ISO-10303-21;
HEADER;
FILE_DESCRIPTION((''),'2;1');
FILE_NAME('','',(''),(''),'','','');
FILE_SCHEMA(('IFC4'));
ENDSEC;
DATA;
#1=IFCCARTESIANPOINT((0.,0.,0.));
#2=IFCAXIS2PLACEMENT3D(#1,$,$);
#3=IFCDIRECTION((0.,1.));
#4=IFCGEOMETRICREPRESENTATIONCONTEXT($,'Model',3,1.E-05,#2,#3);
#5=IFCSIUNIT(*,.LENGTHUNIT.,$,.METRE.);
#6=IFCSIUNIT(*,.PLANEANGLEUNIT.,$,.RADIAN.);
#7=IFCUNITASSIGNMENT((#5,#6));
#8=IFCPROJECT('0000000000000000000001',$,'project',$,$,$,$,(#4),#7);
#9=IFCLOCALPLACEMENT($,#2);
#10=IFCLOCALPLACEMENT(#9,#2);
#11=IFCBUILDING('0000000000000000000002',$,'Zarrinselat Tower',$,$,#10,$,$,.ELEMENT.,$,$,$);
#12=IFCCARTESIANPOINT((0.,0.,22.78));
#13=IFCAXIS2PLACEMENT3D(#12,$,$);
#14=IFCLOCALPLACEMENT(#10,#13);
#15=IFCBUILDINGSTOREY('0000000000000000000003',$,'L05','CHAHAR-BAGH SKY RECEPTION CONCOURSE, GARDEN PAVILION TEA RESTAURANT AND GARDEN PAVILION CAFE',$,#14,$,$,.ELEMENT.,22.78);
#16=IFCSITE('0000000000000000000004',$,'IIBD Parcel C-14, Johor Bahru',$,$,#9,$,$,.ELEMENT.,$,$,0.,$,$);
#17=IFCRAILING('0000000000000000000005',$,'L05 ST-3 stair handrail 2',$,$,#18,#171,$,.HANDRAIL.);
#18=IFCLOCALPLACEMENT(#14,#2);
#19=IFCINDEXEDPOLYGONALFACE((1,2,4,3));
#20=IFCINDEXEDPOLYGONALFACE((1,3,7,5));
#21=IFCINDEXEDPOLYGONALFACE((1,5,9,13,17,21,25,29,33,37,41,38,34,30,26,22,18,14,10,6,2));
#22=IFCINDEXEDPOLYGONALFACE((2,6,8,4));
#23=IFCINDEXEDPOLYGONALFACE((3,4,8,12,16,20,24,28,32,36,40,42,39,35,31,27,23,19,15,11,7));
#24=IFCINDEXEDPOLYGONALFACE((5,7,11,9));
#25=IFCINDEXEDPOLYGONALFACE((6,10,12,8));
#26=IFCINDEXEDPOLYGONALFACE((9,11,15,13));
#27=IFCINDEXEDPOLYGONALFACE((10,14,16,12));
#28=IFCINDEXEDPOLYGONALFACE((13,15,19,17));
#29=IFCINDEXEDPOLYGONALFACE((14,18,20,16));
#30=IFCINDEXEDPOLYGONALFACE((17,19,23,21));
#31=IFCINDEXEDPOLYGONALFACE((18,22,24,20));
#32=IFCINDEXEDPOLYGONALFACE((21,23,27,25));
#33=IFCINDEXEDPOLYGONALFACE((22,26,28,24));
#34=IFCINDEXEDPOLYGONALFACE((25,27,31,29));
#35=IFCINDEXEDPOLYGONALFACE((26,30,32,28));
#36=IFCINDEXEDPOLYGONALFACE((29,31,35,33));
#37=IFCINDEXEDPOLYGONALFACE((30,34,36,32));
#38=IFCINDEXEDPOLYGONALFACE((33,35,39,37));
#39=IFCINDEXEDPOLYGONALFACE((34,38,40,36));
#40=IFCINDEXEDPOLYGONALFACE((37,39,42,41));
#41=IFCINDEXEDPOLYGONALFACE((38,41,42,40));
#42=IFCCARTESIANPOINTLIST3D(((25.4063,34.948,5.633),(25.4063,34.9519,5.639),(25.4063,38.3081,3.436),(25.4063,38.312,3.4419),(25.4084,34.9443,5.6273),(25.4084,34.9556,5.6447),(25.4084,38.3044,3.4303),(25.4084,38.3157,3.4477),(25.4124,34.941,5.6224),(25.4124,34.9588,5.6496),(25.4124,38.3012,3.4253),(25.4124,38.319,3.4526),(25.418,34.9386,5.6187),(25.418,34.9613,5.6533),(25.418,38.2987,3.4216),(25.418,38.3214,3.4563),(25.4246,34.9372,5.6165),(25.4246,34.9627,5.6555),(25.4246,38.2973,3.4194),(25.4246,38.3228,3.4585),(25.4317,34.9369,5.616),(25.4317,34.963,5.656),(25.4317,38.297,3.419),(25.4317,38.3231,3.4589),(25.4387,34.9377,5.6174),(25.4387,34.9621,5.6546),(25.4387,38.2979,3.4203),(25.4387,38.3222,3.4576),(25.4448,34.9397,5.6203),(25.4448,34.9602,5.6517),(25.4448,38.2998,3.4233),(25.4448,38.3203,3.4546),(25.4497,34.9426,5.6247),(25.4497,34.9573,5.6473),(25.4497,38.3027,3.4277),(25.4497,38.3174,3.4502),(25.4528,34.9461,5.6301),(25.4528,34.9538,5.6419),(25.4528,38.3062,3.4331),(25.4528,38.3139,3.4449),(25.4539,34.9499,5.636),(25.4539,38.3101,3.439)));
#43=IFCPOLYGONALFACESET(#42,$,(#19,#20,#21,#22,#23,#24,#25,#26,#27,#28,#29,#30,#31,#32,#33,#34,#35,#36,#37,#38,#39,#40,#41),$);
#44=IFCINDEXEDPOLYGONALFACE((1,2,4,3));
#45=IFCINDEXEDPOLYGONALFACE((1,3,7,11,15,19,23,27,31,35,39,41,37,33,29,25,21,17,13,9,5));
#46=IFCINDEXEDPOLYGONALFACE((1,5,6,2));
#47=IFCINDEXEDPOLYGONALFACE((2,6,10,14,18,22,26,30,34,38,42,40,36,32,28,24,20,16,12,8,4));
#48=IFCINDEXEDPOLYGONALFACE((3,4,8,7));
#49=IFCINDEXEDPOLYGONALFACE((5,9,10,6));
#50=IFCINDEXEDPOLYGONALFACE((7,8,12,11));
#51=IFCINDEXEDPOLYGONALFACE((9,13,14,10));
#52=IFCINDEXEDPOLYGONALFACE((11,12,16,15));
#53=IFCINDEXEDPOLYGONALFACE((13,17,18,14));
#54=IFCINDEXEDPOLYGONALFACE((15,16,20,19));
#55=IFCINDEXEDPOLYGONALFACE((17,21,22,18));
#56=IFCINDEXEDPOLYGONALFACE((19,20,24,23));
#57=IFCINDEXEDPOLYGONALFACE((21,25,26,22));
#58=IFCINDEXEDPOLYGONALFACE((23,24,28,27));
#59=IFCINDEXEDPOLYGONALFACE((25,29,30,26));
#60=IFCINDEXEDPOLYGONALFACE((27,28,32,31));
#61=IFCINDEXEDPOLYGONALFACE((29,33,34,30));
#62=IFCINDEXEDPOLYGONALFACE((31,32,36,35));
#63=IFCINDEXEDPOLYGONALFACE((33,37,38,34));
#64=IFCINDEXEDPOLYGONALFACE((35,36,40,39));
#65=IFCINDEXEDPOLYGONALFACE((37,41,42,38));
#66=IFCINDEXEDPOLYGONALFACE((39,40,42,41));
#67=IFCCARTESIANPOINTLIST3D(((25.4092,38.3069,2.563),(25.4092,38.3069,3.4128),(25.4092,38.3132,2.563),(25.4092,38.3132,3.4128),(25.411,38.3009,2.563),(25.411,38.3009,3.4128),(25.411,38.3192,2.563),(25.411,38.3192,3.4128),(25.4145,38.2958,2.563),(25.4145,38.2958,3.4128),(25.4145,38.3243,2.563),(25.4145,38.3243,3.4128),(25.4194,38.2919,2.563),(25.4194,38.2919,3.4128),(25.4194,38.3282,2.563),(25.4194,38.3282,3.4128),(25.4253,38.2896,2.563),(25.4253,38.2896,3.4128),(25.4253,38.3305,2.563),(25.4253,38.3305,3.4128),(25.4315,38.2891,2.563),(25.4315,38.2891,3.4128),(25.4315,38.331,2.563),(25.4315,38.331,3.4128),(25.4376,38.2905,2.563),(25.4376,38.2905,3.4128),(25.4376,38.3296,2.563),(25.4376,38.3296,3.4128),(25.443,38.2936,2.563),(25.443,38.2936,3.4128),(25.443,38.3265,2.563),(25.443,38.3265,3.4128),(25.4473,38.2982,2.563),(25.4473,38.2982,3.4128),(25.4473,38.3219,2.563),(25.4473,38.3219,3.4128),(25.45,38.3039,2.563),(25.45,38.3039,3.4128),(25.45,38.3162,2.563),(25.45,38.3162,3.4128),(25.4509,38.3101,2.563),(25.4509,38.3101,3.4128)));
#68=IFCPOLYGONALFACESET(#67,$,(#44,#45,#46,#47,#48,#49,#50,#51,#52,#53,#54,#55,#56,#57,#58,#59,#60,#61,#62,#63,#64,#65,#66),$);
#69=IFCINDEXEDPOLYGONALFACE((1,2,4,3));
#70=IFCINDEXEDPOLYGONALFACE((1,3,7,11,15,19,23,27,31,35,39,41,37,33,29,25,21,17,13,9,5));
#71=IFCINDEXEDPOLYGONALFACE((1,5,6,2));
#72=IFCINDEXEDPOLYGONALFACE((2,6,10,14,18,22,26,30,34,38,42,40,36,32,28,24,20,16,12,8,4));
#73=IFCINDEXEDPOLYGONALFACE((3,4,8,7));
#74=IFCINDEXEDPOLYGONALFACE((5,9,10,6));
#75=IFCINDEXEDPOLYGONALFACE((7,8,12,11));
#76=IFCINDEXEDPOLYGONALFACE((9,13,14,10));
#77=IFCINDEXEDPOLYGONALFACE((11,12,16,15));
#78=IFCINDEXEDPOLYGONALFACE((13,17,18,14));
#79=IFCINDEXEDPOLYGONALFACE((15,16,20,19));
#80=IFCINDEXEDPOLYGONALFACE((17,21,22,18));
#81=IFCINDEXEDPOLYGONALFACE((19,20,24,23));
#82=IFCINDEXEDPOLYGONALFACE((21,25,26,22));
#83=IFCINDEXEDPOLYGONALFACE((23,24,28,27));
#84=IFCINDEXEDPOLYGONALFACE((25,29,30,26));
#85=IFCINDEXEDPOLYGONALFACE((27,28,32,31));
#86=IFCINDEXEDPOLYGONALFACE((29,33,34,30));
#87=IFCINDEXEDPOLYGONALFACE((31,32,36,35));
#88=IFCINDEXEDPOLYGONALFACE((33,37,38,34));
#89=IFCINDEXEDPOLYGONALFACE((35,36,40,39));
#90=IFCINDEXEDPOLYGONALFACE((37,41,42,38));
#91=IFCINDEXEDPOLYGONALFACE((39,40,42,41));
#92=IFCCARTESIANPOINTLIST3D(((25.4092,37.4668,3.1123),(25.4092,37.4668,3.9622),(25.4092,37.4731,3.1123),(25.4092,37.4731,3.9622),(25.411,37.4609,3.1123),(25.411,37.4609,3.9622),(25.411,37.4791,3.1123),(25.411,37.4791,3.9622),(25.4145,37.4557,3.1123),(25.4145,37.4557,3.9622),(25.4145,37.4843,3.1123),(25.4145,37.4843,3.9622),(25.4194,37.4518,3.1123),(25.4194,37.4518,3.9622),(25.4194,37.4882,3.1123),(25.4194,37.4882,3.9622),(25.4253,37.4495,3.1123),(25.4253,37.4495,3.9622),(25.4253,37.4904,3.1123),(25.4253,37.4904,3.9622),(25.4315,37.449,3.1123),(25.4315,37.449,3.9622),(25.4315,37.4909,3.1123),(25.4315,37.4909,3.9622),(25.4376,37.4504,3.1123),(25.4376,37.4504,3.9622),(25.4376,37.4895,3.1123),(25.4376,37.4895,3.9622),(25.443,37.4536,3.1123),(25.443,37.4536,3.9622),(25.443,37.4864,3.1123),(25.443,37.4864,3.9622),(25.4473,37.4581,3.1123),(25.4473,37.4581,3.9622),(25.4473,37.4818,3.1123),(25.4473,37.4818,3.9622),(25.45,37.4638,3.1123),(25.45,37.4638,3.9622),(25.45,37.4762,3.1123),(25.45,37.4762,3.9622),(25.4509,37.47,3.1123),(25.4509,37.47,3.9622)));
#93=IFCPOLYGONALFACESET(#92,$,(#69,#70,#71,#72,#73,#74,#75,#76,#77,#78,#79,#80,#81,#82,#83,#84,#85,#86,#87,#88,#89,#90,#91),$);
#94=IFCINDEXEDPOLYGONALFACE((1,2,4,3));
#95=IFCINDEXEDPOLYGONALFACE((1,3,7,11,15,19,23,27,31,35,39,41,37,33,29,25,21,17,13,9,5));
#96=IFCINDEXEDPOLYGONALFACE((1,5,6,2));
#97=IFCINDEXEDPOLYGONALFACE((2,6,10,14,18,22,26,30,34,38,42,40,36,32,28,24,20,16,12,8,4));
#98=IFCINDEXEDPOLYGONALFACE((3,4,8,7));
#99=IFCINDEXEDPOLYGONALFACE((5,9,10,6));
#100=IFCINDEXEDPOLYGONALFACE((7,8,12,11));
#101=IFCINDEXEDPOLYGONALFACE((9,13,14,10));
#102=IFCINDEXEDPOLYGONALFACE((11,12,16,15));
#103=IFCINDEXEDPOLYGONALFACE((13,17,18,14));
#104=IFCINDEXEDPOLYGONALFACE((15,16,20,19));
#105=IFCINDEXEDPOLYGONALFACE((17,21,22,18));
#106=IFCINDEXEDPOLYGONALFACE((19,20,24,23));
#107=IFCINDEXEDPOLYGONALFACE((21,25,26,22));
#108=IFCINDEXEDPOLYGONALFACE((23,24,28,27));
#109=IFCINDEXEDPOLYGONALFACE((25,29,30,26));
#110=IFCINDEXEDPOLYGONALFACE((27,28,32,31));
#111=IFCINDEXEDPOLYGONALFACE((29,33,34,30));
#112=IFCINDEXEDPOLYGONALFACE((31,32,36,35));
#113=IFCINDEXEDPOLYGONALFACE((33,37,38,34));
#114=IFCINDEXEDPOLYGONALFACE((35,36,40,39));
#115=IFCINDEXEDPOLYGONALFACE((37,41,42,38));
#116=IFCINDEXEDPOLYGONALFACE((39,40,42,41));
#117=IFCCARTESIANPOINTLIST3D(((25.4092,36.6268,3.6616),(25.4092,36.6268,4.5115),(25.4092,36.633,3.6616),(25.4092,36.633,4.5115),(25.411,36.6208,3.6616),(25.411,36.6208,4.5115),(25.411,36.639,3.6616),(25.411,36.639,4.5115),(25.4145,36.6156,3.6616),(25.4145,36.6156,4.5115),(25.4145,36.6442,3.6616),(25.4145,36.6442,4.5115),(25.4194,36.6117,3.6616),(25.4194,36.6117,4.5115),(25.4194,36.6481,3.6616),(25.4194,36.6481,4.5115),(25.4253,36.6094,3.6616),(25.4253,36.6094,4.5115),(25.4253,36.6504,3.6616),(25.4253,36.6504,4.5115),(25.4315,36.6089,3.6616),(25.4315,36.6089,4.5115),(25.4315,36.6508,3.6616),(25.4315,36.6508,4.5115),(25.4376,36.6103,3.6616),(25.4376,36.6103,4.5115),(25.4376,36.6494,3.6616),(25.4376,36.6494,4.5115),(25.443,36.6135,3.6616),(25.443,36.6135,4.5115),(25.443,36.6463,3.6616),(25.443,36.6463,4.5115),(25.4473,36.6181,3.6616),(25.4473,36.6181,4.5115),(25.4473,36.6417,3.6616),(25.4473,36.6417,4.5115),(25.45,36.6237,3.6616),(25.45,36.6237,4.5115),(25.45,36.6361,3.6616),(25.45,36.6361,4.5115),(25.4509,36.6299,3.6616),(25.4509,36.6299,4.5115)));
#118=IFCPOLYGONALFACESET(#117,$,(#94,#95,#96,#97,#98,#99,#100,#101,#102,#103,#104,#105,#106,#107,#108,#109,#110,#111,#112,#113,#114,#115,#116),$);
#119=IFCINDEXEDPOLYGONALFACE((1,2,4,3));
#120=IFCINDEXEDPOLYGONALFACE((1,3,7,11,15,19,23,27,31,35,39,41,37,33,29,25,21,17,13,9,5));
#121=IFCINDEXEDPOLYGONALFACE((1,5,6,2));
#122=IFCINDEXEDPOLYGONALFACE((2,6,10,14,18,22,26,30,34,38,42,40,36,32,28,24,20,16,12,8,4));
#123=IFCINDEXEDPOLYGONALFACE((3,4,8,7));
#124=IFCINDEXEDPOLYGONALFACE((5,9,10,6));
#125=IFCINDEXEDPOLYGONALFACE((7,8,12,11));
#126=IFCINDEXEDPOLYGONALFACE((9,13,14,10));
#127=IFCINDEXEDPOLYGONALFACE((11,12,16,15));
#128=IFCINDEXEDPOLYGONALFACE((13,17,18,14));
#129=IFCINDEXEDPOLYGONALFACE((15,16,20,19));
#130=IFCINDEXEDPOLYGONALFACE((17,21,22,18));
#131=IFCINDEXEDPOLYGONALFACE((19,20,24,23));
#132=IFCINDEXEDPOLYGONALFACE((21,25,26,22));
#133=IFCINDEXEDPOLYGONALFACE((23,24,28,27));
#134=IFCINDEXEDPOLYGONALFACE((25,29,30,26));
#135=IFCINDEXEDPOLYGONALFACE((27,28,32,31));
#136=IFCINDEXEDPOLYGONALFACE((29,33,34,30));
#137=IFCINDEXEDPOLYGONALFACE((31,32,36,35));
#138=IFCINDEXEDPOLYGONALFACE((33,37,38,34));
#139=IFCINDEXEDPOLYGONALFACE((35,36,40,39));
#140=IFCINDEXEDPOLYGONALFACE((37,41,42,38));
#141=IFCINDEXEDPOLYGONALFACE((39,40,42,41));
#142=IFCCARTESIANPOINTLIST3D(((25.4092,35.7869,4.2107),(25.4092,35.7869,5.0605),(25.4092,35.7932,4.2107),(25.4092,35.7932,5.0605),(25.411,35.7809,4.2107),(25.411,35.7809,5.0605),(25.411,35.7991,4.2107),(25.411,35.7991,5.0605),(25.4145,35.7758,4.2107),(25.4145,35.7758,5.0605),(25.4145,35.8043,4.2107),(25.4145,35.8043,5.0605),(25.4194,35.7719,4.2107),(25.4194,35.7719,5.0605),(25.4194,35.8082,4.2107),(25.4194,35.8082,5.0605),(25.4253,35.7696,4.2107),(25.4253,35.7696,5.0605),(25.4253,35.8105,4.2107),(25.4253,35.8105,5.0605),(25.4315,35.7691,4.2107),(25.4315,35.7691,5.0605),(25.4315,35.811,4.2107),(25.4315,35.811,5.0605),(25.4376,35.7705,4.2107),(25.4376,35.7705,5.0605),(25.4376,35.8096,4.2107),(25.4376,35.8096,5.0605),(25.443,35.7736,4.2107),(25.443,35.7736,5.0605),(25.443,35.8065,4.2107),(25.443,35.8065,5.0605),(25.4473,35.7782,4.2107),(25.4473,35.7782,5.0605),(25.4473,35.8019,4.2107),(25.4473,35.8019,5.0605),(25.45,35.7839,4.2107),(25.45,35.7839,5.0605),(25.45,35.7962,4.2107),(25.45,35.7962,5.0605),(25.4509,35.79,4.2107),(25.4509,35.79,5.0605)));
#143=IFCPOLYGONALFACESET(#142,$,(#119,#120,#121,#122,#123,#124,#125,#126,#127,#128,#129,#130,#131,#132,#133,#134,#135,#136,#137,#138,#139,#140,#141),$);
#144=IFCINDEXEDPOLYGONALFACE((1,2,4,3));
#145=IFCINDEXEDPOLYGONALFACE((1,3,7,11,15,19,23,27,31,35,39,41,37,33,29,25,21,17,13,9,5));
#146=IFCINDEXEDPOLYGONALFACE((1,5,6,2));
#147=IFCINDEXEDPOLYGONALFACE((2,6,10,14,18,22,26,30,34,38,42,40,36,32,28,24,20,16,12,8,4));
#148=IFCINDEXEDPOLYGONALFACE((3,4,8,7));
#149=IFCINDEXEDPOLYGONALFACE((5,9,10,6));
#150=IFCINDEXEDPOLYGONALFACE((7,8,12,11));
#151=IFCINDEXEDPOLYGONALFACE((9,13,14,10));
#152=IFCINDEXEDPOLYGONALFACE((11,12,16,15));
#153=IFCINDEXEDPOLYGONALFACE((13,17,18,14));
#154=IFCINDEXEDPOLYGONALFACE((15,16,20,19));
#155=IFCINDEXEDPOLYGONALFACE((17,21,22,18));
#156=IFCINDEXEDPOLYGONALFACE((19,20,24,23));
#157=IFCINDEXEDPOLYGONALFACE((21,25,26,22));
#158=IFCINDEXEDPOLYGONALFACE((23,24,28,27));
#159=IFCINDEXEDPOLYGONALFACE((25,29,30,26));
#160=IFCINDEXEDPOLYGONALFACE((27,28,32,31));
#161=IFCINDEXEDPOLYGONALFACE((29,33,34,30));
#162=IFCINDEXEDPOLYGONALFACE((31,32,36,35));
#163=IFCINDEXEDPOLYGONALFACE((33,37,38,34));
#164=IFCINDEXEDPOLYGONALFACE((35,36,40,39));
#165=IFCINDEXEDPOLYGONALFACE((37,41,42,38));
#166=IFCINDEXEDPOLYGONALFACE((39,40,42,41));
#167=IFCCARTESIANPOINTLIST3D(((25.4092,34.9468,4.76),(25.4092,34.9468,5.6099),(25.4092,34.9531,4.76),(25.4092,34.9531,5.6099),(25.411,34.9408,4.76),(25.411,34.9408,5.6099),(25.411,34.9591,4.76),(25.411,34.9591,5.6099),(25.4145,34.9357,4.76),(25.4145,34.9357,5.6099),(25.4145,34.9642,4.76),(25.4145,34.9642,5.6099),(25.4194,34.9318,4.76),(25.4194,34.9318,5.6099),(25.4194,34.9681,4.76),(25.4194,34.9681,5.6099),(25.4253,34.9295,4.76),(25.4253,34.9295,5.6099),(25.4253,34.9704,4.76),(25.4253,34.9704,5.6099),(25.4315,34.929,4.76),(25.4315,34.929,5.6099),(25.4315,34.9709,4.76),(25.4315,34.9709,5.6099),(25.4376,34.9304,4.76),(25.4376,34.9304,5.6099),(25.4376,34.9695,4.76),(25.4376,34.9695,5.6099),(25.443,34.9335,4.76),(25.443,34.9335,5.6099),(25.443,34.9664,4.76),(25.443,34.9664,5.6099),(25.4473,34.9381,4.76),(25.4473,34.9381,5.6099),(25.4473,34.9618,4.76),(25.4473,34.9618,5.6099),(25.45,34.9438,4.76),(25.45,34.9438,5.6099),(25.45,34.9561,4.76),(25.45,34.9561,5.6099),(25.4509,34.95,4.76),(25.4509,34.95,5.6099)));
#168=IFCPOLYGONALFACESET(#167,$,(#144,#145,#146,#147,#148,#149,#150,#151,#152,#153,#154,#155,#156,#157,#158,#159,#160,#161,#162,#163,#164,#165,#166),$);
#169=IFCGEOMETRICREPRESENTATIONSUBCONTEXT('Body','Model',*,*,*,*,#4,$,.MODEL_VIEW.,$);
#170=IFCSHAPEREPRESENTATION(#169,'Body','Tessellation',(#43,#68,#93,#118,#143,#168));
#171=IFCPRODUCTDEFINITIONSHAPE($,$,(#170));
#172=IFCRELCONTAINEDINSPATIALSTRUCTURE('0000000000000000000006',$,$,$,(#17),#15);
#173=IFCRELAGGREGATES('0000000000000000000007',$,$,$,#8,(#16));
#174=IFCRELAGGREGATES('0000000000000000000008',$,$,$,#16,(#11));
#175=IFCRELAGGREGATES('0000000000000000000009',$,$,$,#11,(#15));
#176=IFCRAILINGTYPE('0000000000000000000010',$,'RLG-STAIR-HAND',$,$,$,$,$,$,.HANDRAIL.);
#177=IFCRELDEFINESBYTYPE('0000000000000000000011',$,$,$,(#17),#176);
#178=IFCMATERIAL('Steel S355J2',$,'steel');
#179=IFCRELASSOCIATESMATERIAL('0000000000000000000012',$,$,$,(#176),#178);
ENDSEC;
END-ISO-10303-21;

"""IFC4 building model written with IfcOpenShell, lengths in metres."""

from ifc_helpers import new_model, si_unit, direction, frame, origin, origin_2d, place, context, subcontext, project, spatial, circle, extrude, material, type_object, element, save


model = new_model("IFC4")

# Units and contexts
model_context = context("Model", 3, precision=1e-05, world=origin(), true_north=direction((0.0, 1.0)))
body_context = subcontext(model_context, "Body", "Model", "MODEL_VIEW")
ifc_project = project(units=[si_unit("LENGTHUNIT", "METRE"), si_unit("PLANEANGLEUNIT", "RADIAN")], contexts=[model_context])

# Site, building, storey
site_placement = place(None, origin())
site = spatial("IfcSite", under=ifc_project, at=site_placement, Name="IIBD Parcel C-14, Johor Bahru", CompositionType="ELEMENT", RefElevation=0.0)
building_placement = place(site_placement, origin())
building = spatial("IfcBuilding", under=site, at=building_placement, Name="Zarrinselat Tower", CompositionType="ELEMENT")
storey_placement = place(building_placement, frame((0.0, 0.0, 22.78)))
storey = spatial("IfcBuildingStorey", under=building, at=storey_placement, Name="L05", Description="CHAHAR-BAGH SKY RECEPTION CONCOURSE, GARDEN PAVILION TEA RESTAURANT AND GARDEN PAVILION CAFE", CompositionType="ELEMENT", Elevation=22.78)

# Railing
ifc_material_1 = material(Name="Steel S355J2", Category="steel")
railing_type_1 = type_object("IfcRailingType", Name="RLG-STAIR-HAND", PredefinedType="HANDRAIL", material=ifc_material_1)
railing_1_placement = place(storey_placement, frame((25.4299, 38.3101, 2.563)))
element("IfcRailing", 1, at=railing_1_placement, inside=storey, type_object=railing_type_1, Name="L05 ST-3 stair handrail 2", PredefinedType="HANDRAIL", context=body_context, shape_type="SweptSolid", body=[
    extrude(circle(Radius=0.0239, at=origin_2d()), frame((0.0, 0.0, 0.876), z_axis=(0.0, -0.836966, 0.547254), x_axis=(1.0, 0.0, 0.0)), (0.0, 0.0, 1.0), 4.0146),
    extrude(circle(Radius=0.021, at=origin_2d()), origin(), (0.0, 0.0, 1.0), 0.8499),
    extrude(circle(Radius=0.021, at=origin_2d()), frame((0.0, -0.8401, 0.5493)), (0.0, 0.0, 1.0), 0.8499),
    extrude(circle(Radius=0.021, at=origin_2d()), frame((0.0, -1.6802, 1.0986)), (0.0, 0.0, 1.0), 0.8499),
    extrude(circle(Radius=0.021, at=origin_2d()), frame((0.0, -2.52, 1.6477)), (0.0, 0.0, 1.0), 0.8499),
    extrude(circle(Radius=0.021, at=origin_2d()), frame((0.0, -3.3601, 2.197)), (0.0, 0.0, 1.0), 0.8499),
])

save(model, "model.ifc")
